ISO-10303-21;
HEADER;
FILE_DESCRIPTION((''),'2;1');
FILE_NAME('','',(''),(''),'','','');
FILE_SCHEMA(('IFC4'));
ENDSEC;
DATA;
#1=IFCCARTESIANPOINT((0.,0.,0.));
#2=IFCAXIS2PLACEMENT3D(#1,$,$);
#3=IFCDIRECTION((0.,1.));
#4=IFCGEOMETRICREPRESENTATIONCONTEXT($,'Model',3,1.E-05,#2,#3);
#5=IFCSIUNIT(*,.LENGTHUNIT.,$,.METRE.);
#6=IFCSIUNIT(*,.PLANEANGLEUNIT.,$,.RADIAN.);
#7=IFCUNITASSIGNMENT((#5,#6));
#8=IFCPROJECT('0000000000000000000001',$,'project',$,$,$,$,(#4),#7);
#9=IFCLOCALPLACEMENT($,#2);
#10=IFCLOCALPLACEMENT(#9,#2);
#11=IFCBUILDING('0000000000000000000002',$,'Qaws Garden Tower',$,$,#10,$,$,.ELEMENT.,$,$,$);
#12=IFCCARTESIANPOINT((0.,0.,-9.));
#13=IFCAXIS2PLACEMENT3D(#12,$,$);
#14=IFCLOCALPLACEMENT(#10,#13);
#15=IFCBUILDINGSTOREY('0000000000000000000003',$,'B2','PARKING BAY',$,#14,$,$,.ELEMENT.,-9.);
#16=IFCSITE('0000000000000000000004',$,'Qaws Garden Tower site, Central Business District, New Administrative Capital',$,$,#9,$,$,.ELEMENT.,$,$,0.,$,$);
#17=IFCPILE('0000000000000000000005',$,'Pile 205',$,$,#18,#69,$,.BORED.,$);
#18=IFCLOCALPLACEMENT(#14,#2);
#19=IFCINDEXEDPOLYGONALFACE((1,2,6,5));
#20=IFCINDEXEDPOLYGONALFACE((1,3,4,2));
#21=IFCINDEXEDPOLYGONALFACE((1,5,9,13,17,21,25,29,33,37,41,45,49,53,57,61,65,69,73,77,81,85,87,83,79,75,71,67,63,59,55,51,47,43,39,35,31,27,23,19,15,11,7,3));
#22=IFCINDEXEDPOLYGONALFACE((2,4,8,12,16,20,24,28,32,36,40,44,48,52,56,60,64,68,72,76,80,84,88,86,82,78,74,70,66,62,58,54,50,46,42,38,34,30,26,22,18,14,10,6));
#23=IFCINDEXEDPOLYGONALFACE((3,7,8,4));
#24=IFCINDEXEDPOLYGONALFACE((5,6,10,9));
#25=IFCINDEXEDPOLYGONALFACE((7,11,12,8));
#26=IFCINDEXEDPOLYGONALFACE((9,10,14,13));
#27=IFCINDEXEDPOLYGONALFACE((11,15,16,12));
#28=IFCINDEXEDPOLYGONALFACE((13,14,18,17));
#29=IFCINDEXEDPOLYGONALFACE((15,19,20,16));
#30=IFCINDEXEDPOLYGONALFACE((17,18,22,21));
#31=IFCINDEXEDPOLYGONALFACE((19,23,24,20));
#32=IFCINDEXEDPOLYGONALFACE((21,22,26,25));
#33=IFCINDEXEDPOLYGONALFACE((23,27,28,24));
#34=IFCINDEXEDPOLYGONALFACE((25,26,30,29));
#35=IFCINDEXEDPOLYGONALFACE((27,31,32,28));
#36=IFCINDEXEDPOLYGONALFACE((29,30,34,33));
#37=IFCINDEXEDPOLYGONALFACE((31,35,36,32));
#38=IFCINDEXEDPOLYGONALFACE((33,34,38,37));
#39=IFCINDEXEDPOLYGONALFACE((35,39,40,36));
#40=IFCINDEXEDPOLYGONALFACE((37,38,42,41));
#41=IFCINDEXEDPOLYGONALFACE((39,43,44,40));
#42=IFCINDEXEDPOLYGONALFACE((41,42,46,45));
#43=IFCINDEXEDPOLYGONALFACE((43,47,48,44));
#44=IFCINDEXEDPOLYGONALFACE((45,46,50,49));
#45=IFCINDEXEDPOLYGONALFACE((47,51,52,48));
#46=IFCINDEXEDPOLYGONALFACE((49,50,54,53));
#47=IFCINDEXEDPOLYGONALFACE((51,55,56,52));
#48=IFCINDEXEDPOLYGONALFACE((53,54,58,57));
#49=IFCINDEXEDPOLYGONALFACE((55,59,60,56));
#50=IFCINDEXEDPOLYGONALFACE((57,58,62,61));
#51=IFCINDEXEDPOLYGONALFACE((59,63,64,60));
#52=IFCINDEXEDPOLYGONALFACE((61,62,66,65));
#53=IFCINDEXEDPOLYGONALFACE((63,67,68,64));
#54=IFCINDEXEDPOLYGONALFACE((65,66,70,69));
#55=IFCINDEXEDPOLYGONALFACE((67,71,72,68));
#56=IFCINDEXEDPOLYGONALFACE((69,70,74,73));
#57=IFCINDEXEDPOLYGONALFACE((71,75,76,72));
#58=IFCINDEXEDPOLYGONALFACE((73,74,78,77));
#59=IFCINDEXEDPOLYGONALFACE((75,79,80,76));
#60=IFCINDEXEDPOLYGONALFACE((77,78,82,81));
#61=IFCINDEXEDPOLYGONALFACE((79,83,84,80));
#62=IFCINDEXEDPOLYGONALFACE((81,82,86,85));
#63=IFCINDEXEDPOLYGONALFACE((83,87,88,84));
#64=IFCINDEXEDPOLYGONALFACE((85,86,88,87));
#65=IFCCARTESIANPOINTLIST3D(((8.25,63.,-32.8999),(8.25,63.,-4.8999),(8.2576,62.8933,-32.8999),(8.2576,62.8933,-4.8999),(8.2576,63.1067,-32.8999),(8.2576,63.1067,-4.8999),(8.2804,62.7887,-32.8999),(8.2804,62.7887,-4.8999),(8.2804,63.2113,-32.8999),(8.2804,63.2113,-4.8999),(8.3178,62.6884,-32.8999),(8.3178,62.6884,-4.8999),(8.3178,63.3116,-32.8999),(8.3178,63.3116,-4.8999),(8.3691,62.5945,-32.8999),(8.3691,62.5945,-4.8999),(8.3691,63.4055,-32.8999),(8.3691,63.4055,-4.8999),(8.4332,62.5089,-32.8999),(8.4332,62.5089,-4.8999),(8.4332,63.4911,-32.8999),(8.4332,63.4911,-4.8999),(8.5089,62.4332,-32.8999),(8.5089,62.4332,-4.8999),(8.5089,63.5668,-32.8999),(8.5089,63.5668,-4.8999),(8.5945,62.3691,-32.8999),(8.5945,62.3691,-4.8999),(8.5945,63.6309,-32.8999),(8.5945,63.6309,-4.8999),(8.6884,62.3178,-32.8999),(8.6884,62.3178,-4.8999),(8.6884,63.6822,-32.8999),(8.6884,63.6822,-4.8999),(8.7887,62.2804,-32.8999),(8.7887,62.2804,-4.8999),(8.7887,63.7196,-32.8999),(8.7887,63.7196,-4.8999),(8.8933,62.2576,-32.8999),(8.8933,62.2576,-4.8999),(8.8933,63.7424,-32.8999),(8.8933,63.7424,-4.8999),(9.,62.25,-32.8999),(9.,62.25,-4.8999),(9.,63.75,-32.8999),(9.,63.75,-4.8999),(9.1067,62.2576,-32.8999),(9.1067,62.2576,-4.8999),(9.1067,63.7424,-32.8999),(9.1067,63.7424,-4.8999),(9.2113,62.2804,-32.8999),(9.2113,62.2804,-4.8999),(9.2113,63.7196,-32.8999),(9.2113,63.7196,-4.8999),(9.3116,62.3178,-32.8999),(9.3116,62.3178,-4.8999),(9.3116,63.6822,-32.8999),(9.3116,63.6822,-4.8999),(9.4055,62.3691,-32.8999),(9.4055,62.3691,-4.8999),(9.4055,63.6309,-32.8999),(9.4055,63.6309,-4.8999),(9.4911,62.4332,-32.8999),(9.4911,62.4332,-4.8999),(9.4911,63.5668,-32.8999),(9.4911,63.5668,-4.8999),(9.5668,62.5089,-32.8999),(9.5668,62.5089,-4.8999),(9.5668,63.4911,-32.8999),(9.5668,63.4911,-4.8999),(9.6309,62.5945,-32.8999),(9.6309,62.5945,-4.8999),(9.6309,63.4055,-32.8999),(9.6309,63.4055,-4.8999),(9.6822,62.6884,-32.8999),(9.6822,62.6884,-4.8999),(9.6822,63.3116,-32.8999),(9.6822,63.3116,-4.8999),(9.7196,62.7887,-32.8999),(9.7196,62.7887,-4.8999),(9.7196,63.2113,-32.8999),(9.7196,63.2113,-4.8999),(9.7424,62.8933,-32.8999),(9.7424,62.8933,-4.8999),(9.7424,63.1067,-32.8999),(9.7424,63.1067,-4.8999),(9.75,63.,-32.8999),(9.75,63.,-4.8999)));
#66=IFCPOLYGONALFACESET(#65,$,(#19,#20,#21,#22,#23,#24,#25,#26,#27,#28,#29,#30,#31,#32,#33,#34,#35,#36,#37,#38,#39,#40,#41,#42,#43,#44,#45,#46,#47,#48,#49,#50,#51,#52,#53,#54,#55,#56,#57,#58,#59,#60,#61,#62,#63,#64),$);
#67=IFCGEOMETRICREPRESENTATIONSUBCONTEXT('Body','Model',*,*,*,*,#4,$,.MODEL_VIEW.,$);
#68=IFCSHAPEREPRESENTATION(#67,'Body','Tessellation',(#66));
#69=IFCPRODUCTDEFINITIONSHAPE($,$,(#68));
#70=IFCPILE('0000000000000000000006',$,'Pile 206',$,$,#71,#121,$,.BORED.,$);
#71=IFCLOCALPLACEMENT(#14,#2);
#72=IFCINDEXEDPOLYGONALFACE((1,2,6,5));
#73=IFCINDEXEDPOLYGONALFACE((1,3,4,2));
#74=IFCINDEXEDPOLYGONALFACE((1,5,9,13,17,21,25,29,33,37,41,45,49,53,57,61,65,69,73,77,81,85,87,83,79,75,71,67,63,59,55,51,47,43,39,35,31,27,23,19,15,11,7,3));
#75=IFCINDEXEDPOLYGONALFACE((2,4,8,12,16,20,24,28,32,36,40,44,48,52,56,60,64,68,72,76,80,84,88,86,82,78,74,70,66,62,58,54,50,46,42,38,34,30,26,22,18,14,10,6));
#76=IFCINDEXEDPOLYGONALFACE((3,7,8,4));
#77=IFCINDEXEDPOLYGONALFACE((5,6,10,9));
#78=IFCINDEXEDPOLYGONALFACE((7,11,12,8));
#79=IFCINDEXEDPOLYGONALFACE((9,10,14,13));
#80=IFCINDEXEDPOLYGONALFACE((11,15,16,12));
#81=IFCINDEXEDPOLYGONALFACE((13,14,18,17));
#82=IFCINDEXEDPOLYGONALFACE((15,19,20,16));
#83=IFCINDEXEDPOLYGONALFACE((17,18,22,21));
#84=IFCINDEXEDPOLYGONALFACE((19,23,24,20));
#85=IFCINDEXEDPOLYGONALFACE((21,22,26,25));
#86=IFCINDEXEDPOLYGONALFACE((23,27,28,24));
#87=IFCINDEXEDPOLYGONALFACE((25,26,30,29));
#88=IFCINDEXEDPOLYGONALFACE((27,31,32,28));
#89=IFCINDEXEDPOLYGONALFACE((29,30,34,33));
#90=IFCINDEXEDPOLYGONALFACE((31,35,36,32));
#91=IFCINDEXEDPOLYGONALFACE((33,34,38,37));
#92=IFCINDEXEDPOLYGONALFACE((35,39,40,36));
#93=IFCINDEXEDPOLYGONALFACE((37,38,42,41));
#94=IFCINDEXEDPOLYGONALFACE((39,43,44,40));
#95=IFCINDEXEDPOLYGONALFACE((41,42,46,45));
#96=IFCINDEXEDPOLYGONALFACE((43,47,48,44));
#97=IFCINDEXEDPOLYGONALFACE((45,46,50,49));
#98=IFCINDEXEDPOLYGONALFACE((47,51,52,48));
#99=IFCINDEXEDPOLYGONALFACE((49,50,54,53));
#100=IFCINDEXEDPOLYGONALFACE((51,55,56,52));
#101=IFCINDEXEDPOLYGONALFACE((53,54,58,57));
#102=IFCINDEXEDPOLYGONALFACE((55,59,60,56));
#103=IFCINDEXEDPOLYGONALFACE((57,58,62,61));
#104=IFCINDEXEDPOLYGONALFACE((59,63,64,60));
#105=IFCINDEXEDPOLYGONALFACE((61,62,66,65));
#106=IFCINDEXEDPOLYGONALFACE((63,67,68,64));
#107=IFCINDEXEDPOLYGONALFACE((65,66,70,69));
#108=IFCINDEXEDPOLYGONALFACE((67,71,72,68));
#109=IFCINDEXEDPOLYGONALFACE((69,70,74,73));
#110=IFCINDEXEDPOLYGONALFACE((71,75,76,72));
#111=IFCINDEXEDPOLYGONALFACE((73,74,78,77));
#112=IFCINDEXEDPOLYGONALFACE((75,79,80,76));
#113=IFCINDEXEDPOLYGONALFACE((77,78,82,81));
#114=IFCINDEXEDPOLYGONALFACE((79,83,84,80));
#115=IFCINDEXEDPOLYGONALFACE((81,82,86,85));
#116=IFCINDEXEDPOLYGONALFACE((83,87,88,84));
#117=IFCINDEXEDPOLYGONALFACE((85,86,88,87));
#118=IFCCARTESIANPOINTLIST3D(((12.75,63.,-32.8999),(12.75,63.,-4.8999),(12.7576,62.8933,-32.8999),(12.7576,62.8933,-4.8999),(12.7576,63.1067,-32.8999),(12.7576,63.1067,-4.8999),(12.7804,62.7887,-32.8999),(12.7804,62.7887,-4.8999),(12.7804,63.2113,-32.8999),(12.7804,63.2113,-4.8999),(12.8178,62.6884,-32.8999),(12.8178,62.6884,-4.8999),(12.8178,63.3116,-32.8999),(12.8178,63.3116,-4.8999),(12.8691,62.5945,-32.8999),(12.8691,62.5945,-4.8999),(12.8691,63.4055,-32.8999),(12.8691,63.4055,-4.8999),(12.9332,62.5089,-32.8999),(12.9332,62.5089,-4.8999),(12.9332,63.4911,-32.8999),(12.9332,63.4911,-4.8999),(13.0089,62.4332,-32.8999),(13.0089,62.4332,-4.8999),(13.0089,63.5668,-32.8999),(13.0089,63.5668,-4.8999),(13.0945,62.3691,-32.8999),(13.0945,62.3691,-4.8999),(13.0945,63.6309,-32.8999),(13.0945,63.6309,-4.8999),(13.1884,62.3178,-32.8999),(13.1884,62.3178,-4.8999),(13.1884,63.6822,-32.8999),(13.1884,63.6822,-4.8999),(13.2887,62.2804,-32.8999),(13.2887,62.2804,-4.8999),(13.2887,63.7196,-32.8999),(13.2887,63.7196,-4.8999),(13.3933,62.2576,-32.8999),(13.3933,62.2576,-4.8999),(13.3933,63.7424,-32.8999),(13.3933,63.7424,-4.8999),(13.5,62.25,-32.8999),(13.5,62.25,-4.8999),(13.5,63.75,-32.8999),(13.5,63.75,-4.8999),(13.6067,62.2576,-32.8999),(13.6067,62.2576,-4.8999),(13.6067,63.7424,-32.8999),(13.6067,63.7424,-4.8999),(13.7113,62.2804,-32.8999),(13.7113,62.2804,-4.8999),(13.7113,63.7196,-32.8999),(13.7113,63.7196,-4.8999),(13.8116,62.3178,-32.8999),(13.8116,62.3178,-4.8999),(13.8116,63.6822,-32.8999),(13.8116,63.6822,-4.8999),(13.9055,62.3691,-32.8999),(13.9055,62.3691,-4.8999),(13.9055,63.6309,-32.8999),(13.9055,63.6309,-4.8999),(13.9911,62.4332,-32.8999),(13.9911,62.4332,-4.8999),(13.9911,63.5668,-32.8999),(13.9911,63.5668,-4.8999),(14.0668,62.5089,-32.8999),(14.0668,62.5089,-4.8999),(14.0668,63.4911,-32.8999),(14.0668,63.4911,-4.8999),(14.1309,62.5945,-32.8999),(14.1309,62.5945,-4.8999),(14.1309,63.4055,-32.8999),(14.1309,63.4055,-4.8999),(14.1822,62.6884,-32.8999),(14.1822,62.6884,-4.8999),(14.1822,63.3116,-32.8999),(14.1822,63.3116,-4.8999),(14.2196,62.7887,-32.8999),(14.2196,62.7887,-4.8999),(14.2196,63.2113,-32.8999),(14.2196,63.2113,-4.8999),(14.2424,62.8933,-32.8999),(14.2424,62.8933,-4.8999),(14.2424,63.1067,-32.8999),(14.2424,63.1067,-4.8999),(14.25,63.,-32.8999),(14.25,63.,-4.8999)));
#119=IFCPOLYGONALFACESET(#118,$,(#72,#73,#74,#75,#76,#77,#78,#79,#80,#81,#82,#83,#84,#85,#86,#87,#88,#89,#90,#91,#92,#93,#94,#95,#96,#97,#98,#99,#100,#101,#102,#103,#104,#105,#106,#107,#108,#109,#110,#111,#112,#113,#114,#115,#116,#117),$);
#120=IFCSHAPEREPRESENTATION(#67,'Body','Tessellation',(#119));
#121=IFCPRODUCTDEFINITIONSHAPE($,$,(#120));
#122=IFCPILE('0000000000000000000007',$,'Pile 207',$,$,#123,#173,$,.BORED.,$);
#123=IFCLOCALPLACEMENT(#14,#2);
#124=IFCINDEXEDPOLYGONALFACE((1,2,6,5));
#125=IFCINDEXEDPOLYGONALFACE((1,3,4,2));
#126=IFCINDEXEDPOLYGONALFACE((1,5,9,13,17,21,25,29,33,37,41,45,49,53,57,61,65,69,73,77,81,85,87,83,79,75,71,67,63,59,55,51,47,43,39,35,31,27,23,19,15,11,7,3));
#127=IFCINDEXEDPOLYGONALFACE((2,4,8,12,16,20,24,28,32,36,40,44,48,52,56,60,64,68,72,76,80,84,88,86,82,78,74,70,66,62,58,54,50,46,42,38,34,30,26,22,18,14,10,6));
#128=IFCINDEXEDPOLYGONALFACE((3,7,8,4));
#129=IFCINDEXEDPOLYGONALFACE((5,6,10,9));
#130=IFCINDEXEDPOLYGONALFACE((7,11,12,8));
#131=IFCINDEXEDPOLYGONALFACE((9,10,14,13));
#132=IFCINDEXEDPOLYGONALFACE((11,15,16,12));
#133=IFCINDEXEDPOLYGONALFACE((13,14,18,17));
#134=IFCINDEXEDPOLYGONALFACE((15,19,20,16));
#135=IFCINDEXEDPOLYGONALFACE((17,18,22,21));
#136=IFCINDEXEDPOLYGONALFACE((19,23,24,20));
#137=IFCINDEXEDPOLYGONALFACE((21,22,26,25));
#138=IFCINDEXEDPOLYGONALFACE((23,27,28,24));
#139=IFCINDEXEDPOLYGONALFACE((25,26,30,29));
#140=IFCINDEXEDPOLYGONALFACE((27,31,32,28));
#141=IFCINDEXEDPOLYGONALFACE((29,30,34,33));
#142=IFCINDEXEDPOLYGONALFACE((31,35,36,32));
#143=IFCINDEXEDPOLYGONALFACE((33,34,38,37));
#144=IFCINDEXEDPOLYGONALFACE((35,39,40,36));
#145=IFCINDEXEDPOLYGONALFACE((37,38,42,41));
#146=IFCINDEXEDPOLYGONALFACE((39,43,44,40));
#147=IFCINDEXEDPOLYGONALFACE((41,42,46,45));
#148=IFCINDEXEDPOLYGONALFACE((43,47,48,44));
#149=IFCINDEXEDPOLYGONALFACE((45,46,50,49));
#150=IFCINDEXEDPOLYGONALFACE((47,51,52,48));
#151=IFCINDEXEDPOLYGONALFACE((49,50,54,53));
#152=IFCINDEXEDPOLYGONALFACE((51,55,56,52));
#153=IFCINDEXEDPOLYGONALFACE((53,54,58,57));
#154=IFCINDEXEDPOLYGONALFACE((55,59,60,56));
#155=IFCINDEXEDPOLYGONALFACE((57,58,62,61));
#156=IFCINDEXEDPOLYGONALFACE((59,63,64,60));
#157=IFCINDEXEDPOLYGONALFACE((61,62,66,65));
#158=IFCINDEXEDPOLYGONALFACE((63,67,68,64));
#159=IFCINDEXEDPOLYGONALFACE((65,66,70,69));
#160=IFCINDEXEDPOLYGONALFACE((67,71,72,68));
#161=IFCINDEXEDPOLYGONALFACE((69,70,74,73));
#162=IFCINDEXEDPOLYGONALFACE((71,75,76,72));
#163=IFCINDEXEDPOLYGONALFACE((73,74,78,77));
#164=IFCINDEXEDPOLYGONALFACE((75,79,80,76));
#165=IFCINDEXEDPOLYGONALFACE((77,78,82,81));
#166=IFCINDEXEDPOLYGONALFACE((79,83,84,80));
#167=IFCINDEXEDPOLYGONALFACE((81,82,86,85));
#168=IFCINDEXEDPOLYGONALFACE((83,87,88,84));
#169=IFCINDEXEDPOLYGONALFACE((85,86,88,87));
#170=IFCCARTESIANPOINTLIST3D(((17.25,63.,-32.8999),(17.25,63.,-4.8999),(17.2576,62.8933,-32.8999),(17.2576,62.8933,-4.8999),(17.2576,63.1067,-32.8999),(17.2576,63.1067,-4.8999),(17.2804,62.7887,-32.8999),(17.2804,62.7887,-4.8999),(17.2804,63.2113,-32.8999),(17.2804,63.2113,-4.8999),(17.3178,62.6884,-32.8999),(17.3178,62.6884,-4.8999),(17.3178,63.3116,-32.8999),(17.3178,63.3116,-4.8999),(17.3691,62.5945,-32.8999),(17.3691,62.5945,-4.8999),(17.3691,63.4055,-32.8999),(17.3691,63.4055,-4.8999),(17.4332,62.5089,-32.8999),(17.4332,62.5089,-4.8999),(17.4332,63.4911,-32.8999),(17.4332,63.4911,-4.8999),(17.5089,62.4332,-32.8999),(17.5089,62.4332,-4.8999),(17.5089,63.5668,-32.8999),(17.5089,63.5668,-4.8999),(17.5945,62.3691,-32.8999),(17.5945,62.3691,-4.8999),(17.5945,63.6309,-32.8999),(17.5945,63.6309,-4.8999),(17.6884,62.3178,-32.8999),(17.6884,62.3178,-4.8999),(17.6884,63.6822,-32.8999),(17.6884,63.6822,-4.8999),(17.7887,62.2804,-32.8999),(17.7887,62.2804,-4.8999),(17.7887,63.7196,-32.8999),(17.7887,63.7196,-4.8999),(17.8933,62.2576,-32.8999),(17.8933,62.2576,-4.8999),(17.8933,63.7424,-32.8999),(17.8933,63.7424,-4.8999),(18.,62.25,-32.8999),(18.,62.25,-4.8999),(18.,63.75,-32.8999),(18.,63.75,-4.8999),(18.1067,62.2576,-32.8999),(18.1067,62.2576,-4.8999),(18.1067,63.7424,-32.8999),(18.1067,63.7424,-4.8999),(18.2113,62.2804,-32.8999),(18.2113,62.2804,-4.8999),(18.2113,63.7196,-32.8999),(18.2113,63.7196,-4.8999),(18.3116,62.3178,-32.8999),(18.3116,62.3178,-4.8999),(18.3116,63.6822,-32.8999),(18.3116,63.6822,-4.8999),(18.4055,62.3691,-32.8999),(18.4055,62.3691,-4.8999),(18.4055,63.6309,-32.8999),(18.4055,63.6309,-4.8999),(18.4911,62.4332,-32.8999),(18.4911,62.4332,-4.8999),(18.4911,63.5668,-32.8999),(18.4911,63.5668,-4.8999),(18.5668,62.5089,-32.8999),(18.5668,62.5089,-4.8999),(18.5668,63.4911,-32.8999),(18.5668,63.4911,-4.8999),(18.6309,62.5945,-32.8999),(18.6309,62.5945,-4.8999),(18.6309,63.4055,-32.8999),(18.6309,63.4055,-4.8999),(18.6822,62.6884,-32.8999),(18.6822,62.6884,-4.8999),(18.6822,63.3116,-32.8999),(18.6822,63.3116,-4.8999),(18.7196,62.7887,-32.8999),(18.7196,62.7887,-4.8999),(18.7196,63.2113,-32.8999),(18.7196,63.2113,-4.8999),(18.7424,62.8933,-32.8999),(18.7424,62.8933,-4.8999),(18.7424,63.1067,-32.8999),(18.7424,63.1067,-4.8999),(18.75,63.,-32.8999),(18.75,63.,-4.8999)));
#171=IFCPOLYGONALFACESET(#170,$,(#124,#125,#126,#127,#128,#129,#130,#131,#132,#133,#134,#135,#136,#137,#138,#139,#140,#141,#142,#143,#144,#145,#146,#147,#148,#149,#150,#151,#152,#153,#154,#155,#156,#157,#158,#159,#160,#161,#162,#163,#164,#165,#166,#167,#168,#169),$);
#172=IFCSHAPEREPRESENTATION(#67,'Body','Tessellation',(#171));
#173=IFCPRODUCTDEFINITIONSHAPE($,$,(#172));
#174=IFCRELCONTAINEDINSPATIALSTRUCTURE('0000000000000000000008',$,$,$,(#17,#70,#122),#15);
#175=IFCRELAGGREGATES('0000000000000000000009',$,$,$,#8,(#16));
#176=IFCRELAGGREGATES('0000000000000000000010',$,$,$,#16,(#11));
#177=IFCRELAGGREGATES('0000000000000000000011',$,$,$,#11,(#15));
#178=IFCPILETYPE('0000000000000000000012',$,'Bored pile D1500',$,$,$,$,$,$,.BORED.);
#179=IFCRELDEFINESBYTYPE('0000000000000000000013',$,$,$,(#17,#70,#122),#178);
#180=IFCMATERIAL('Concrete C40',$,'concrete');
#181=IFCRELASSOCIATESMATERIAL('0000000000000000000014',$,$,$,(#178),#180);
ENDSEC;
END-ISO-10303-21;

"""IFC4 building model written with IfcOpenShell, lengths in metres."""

from ifc_helpers import new_model, si_unit, direction, frame, origin, origin_2d, place, context, subcontext, project, spatial, circle, extrude, material, material_profile, profile_set, type_object, element, save


model = new_model("IFC4")

# Units and contexts
model_context = context("Model", 3, precision=1e-05, world=origin(), true_north=direction((0.0, 1.0)))
body_context = subcontext(model_context, "Body", "Model", "MODEL_VIEW")
ifc_project = project(units=[si_unit("LENGTHUNIT", "METRE"), si_unit("PLANEANGLEUNIT", "RADIAN")], contexts=[model_context])

# Site, building, storey
site_placement = place(None, origin())
site = spatial("IfcSite", under=ifc_project, at=site_placement, Name="Qaws Garden Tower site, Central Business District, New Administrative Capital", CompositionType="ELEMENT", RefElevation=0.0)
building_placement = place(site_placement, origin())
building = spatial("IfcBuilding", under=site, at=building_placement, Name="Qaws Garden Tower", CompositionType="ELEMENT")
storey_placement = place(building_placement, frame((0.0, 0.0, -9.0)))
storey = spatial("IfcBuildingStorey", under=building, at=storey_placement, Name="B2", Description="PARKING BAY", CompositionType="ELEMENT", Elevation=-9.0)

# Piles
ifc_material_1 = material(Name="Concrete C40", Category="concrete")
ifc_material_profile_1 = material_profile(ifc_material_1, circle(Radius=0.75, at=origin_2d()), Name="Bored pile D1500")
ifc_profile_set_1 = profile_set([ifc_material_profile_1], Name="Concrete C40")
pile_type = type_object("IfcPileType", Name="Bored pile D1500", PredefinedType="BORED", material=ifc_profile_set_1)
for number, where, z_axis, x_axis, name in (
    (1, (9.0, 63.0, -4.8999), (0.0, 0.0, -1.0), (1.0, 0.0, 0.0), "Pile 205"),
    (2, (13.5, 63.0, -4.8999), (0.0, 0.0, -1.0), (1.0, 0.0, 0.0), "Pile 206"),
    (3, (18.0, 63.0, -4.8999), (0.0, 0.0, -1.0), (1.0, 0.0, 0.0), "Pile 207"),
):
    element("IfcPile", number, at=place(storey_placement, frame(where, z_axis=z_axis, x_axis=x_axis)), inside=storey, type_object=pile_type, Name=name, PredefinedType="BORED", context=body_context, shape_type="SweptSolid", body=[
        extrude(circle(Radius=0.75, at=origin_2d()), origin(), (0.0, 0.0, 1.0), 28.0),
    ])

save(model, "model.ifc")
